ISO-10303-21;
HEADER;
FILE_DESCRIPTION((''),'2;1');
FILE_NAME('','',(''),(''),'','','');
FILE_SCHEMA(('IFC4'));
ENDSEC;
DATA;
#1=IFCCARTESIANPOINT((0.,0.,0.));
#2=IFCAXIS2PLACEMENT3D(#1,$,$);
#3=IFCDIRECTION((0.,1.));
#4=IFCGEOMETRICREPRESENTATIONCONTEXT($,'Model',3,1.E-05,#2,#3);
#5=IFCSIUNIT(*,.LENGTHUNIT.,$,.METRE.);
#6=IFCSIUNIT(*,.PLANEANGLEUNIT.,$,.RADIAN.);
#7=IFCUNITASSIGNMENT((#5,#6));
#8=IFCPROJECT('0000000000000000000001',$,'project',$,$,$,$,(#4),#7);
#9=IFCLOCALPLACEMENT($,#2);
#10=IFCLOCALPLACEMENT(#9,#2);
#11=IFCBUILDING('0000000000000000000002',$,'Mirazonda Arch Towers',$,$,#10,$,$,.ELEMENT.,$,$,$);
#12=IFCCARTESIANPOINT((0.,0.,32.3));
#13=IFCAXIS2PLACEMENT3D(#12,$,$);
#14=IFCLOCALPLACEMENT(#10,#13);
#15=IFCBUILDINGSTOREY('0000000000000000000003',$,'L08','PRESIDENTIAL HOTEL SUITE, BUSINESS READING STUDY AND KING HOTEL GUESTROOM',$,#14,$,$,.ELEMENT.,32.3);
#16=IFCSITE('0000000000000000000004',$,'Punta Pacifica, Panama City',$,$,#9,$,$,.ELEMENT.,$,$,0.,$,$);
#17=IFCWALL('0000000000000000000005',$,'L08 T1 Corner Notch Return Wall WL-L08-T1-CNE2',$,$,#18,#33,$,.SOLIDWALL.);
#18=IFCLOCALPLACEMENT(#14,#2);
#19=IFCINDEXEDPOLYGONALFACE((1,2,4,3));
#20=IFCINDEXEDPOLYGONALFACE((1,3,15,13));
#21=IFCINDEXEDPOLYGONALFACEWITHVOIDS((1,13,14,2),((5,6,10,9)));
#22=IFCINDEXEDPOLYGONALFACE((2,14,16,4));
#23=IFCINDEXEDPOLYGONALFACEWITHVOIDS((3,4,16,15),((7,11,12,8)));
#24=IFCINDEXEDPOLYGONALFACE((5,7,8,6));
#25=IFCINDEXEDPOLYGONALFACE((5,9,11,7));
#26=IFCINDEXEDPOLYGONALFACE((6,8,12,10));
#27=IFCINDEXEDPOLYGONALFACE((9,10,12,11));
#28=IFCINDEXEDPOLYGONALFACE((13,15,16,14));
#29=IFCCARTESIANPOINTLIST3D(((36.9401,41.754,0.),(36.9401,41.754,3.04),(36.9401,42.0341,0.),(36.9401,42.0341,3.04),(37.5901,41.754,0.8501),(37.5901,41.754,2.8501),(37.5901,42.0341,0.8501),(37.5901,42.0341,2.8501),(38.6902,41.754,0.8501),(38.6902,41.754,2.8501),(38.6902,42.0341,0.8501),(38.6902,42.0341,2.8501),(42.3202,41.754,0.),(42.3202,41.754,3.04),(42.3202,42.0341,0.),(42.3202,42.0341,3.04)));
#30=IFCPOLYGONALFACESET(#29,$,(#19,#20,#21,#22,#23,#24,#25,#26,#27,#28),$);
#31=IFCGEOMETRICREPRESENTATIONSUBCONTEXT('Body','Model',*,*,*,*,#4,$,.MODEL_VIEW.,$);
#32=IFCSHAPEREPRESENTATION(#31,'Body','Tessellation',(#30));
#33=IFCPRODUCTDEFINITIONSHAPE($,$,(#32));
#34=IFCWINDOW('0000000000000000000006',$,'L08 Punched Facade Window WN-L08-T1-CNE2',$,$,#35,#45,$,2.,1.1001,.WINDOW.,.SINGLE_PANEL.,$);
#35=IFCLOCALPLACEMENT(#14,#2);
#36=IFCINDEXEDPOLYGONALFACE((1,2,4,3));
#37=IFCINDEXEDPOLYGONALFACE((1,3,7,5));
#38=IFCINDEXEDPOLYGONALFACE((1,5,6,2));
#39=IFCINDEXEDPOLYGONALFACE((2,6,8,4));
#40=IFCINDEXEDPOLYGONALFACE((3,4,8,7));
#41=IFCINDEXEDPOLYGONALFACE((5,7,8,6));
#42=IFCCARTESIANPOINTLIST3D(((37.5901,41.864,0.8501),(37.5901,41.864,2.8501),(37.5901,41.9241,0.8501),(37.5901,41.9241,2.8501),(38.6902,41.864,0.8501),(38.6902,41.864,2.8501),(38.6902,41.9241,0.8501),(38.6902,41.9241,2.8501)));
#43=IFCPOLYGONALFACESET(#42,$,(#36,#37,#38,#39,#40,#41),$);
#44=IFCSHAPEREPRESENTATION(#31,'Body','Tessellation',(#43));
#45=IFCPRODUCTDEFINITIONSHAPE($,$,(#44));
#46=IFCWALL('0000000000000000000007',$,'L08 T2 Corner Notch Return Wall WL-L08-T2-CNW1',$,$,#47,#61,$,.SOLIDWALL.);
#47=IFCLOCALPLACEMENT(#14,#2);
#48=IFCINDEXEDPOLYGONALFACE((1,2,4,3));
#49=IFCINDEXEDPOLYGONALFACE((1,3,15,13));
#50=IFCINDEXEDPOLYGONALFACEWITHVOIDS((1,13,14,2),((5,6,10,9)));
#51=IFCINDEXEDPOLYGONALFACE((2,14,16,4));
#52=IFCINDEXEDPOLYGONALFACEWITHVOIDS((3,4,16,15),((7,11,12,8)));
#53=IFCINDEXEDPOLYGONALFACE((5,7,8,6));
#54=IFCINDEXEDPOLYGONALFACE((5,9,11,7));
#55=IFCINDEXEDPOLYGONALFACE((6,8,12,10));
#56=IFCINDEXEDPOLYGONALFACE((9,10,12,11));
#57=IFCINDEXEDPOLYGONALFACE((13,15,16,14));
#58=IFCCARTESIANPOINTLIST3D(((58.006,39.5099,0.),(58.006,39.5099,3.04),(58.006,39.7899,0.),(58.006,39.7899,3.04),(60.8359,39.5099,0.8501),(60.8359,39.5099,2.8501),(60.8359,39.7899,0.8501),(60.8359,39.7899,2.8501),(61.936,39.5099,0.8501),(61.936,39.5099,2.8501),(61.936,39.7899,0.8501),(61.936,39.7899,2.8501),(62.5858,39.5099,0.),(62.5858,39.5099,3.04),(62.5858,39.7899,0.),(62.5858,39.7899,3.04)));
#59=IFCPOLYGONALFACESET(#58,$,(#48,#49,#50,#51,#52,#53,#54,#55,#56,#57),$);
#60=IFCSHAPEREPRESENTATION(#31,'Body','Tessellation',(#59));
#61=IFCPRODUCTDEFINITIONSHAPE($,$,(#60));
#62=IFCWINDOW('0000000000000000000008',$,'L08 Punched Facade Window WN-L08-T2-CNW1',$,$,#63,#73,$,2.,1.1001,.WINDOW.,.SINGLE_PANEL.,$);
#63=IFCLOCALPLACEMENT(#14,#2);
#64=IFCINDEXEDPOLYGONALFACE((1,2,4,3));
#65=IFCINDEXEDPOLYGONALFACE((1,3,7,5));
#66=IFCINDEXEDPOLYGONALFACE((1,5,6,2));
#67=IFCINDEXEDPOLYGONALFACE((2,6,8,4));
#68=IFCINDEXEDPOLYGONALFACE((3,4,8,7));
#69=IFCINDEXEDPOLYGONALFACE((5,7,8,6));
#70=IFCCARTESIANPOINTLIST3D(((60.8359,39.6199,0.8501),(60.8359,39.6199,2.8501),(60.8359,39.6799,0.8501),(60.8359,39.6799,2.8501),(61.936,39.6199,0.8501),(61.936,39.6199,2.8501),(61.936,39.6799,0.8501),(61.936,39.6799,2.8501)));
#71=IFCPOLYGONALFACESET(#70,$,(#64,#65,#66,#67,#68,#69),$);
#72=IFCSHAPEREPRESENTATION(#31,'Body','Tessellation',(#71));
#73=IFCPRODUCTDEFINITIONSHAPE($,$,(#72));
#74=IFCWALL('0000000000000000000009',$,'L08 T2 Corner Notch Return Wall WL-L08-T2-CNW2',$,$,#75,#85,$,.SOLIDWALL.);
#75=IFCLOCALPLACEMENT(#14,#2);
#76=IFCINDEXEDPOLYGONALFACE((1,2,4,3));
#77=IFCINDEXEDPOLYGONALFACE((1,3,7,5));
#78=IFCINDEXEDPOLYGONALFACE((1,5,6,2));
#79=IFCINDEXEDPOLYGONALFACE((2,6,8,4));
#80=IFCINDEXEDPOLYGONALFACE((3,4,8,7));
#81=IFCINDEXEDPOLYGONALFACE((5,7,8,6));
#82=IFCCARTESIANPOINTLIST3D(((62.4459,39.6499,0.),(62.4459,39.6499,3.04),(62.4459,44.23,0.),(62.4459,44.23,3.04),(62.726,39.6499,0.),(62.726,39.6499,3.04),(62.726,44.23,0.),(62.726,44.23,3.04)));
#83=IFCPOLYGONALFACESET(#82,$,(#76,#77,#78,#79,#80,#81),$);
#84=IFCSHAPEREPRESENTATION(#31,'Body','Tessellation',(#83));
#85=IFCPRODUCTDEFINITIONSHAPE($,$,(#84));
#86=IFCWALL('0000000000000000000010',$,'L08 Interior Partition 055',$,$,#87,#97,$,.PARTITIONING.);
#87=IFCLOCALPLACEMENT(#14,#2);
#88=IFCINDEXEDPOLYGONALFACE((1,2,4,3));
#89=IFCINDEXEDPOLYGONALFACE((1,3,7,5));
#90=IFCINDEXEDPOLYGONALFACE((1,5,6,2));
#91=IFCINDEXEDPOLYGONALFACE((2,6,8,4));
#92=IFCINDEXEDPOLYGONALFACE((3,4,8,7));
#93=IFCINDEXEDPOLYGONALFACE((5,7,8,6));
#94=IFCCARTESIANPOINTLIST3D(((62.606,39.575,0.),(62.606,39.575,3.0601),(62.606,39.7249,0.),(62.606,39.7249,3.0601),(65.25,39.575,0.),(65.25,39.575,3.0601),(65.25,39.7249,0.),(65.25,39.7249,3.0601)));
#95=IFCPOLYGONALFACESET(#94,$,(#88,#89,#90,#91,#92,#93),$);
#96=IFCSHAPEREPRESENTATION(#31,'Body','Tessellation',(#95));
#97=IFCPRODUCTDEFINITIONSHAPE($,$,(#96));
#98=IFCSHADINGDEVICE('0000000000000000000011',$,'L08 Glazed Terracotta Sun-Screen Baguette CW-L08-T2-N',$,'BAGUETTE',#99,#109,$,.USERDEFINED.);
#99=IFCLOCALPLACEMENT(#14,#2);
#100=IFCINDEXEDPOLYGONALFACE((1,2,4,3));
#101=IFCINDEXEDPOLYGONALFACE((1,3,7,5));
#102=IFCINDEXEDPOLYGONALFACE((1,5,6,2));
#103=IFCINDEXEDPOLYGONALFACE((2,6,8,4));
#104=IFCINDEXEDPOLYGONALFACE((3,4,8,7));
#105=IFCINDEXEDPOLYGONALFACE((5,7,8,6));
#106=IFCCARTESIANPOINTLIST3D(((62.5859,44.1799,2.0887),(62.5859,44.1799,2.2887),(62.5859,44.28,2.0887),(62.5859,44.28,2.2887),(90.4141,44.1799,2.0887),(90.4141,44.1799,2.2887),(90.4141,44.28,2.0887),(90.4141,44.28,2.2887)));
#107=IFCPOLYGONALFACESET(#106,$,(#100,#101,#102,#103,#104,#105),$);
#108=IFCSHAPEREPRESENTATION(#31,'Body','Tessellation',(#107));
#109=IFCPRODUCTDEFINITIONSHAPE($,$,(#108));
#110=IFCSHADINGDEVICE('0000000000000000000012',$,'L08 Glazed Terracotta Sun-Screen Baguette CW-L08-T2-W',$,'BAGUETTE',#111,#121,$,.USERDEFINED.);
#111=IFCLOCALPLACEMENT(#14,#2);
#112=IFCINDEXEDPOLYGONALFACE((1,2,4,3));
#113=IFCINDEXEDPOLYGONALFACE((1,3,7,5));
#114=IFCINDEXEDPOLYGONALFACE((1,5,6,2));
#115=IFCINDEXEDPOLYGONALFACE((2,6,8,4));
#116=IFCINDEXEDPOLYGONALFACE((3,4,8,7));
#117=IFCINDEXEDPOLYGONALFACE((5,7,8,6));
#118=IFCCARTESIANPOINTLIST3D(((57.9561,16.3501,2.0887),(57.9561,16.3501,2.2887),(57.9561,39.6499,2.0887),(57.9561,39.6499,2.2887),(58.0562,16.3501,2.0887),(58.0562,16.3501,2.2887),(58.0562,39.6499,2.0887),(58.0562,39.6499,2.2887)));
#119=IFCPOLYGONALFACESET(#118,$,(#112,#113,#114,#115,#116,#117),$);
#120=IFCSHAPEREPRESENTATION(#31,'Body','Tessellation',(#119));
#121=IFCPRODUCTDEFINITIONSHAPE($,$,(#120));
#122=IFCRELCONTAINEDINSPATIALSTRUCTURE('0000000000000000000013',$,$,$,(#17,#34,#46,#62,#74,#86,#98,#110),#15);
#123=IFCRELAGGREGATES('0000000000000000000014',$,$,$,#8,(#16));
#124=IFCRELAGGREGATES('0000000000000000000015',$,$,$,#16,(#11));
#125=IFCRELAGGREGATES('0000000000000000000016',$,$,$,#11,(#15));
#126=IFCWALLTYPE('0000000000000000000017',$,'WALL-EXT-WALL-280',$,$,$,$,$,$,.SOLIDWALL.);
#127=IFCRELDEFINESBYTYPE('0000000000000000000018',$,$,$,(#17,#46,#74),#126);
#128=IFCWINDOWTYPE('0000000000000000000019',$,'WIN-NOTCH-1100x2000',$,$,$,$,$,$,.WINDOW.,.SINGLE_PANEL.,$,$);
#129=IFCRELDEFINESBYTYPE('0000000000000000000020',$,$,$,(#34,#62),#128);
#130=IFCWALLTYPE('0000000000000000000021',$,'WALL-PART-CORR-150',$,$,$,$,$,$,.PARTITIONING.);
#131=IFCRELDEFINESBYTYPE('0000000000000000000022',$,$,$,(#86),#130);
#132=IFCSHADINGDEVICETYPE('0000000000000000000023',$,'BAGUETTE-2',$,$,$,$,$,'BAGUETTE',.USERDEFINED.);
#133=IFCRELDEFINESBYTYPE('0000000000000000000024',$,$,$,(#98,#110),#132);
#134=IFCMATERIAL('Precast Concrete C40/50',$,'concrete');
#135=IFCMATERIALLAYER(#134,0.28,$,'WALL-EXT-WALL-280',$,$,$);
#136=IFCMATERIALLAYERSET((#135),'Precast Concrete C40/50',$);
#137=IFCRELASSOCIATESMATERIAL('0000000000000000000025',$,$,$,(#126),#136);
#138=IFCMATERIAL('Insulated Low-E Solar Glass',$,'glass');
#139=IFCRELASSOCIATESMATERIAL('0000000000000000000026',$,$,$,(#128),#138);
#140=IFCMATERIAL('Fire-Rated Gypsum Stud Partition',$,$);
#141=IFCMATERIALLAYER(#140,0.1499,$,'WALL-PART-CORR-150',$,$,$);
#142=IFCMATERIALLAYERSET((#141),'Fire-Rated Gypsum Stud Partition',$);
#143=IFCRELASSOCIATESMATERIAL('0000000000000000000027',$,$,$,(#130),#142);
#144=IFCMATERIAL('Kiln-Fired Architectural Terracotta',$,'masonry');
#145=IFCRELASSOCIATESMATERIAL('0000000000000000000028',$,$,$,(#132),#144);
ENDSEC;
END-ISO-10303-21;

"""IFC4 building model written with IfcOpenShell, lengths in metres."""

from ifc_helpers import new_model, si_unit, direction, frame, frame_2d, origin, origin_2d, place, context, subcontext, project, spatial, rectangle, extrude, material, layer, layer_set, material_profile, profile_set, type_object, element, fill, save


model = new_model("IFC4")

# Units and contexts
model_context = context("Model", 3, precision=1e-05, world=origin(), true_north=direction((0.0, 1.0)))
body_context = subcontext(model_context, "Body", "Model", "MODEL_VIEW")
ifc_project = project(units=[si_unit("LENGTHUNIT", "METRE"), si_unit("PLANEANGLEUNIT", "RADIAN")], contexts=[model_context])

# Site, building, storey
site_placement = place(None, origin())
site = spatial("IfcSite", under=ifc_project, at=site_placement, Name="Punta Pacifica, Panama City", CompositionType="ELEMENT", RefElevation=0.0)
building_placement = place(site_placement, origin())
building = spatial("IfcBuilding", under=site, at=building_placement, Name="Mirazonda Arch Towers", CompositionType="ELEMENT")
storey_placement = place(building_placement, frame((0.0, 0.0, 32.3)))
storey = spatial("IfcBuildingStorey", under=building, at=storey_placement, Name="L08", Description="PRESIDENTIAL HOTEL SUITE, BUSINESS READING STUDY AND KING HOTEL GUESTROOM", CompositionType="ELEMENT", Elevation=32.3)

# Shared definitions
ifc_material_1 = material(Name="Insulated Low-E Solar Glass", Category="glass")

# Walls, openings, windows
ifc_material_2 = material(Name="Precast Concrete C40/50", Category="concrete")
ifc_layer_1 = layer(ifc_material_2, 0.28, Name="WALL-EXT-WALL-280")
ifc_layer_set_1 = layer_set([ifc_layer_1], Name="Precast Concrete C40/50")
wall_type_1 = type_object("IfcWallType", Name="WALL-EXT-WALL-280", PredefinedType="SOLIDWALL", material=ifc_layer_set_1)
wall_1_placement = place(storey_placement, frame((42.3201, 41.894, 0.0), z_axis=(0.0, 0.0, 1.0), x_axis=(-1.0, 0.0, 0.0)))
wall_1 = element("IfcWall", 1, at=wall_1_placement, inside=storey, type_object=wall_type_1, Name="L08 T1 Corner Notch Return Wall WL-L08-T1-CNE2", PredefinedType="SOLIDWALL", context=body_context, shape_type="SweptSolid", body=[
    extrude(rectangle(XDim=5.3801, YDim=0.28, at=frame_2d((2.6899, 0.0))), origin(), (0.0, 0.0, 1.0), 3.04),
])
opening_1_placement = place(wall_1_placement, frame((3.6299, 0.0, 0.8501)))
opening_1 = element("IfcOpeningElement", 2, at=opening_1_placement, cuts=wall_1, PredefinedType="OPENING", context=body_context, shape_type="SweptSolid", body=[
    extrude(rectangle(XDim=1.1001, YDim=2.0, at=frame_2d((0.55, 1.0))), frame((0.0, 0.1499, 0.0), z_axis=(0.0, -1.0, 0.0), x_axis=(1.0, 0.0, 0.0)), (0.0, 0.0, 1.0), 0.3),
])
window_type = type_object("IfcWindowType", Name="WIN-NOTCH-1100x2000", PartitioningType="SINGLE_PANEL", PredefinedType="WINDOW", material=ifc_material_1)
window_1_placement = place(opening_1_placement, origin())
window_1 = element("IfcWindow", 3, at=window_1_placement, inside=storey, type_object=window_type, Name="L08 Punched Facade Window WN-L08-T1-CNE2", OverallHeight=2.0, OverallWidth=1.1001, PartitioningType="SINGLE_PANEL", PredefinedType="WINDOW", context=body_context, shape_type="SweptSolid", body=[
    extrude(rectangle(XDim=1.1001, YDim=2.0, at=frame_2d((0.55, 1.0))), frame((0.0, 0.03, 0.0), z_axis=(0.0, -1.0, 0.0), x_axis=(1.0, 0.0, 0.0)), (0.0, 0.0, 1.0), 0.0601),
])
fill(opening_1, window_1)
wall_2_placement = place(storey_placement, frame((62.5859, 39.6499, 0.0), z_axis=(0.0, 0.0, 1.0), x_axis=(-1.0, 0.0, 0.0)))
wall_2 = element("IfcWall", 4, at=wall_2_placement, inside=storey, type_object=wall_type_1, Name="L08 T2 Corner Notch Return Wall WL-L08-T2-CNW1", PredefinedType="SOLIDWALL", context=body_context, shape_type="SweptSolid", body=[
    extrude(rectangle(XDim=4.5798, YDim=0.28, at=frame_2d((2.29, 0.0))), origin(), (0.0, 0.0, 1.0), 3.04),
])
opening_2_placement = place(wall_2_placement, frame((0.6499, 0.0, 0.8501)))
opening_2 = element("IfcOpeningElement", 5, at=opening_2_placement, cuts=wall_2, PredefinedType="OPENING", context=body_context, shape_type="SweptSolid", body=[
    extrude(rectangle(XDim=1.1001, YDim=2.0, at=frame_2d((0.55, 1.0))), frame((0.0, 0.1499, 0.0), z_axis=(0.0, -1.0, 0.0), x_axis=(1.0, 0.0, 0.0)), (0.0, 0.0, 1.0), 0.3),
])
window_2_placement = place(opening_2_placement, origin())
window_2 = element("IfcWindow", 6, at=window_2_placement, inside=storey, type_object=window_type, Name="L08 Punched Facade Window WN-L08-T2-CNW1", OverallHeight=2.0, OverallWidth=1.1001, PartitioningType="SINGLE_PANEL", PredefinedType="WINDOW", context=body_context, shape_type="SweptSolid", body=[
    extrude(rectangle(XDim=1.1001, YDim=2.0, at=frame_2d((0.55, 1.0))), frame((0.0, 0.03, 0.0), z_axis=(0.0, -1.0, 0.0), x_axis=(1.0, 0.0, 0.0)), (0.0, 0.0, 1.0), 0.0601),
])
fill(opening_2, window_2)

# Wall
wall_3_placement = place(storey_placement, frame((62.5859, 44.23, 0.0), z_axis=(0.0, 0.0, 1.0), x_axis=(0.0, -1.0, 0.0)))
element("IfcWall", 7, at=wall_3_placement, inside=storey, type_object=wall_type_1, Name="L08 T2 Corner Notch Return Wall WL-L08-T2-CNW2", PredefinedType="SOLIDWALL", context=body_context, shape_type="SweptSolid", body=[
    extrude(rectangle(XDim=4.5801, YDim=0.28, at=frame_2d((2.29, 0.0))), origin(), (0.0, 0.0, 1.0), 3.04),
])

# Shared definitions
ifc_material_3 = material(Name="Fire-Rated Gypsum Stud Partition")
ifc_layer_2 = layer(ifc_material_3, 0.1499, Name="WALL-PART-CORR-150")
ifc_layer_set_2 = layer_set([ifc_layer_2], Name="Fire-Rated Gypsum Stud Partition")
wall_type_2 = type_object("IfcWallType", Name="WALL-PART-CORR-150", PredefinedType="PARTITIONING", material=ifc_layer_set_2)

# Wall
wall_4_placement = place(storey_placement, frame((62.606, 39.6499, 0.0), z_axis=(0.0, 0.0, 1.0), x_axis=(1.0, 0.0, 0.0)))
element("IfcWall", 8, at=wall_4_placement, inside=storey, type_object=wall_type_2, Name="L08 Interior Partition 055", PredefinedType="PARTITIONING", context=body_context, shape_type="SweptSolid", body=[
    extrude(rectangle(XDim=2.644, YDim=0.1499, at=frame_2d((1.322, 0.0))), origin(), (0.0, 0.0, 1.0), 3.0601),
])

# Shading devices
ifc_material_4 = material(Name="Kiln-Fired Architectural Terracotta", Category="masonry")
ifc_material_profile_1 = material_profile(ifc_material_4, rectangle(XDim=0.1001, YDim=0.2, at=origin_2d()), Name="TERRA-BAG-100x200")
ifc_profile_set_1 = profile_set([ifc_material_profile_1], Name="Kiln-Fired Architectural Terracotta")
shading_device_type = type_object("IfcShadingDeviceType", Name="BAGUETTE-2", ElementType="BAGUETTE", PredefinedType="USERDEFINED", material=ifc_profile_set_1)
shading_device_1_placement = place(storey_placement, frame((62.5859, 44.23, 2.1887), z_axis=(1.0, 0.0, 0.0), x_axis=(0.0, 1.0, 0.0)))
element("IfcShadingDevice", 9, at=shading_device_1_placement, inside=storey, type_object=shading_device_type, Name="L08 Glazed Terracotta Sun-Screen Baguette CW-L08-T2-N", ObjectType="BAGUETTE", PredefinedType="USERDEFINED", context=body_context, shape_type="SweptSolid", body=[
    extrude(rectangle(XDim=0.1001, YDim=0.2, at=origin_2d()), origin(), (0.0, 0.0, 1.0), 27.8281),
])
shading_device_2_placement = place(storey_placement, frame((58.0061, 39.6499, 2.1887), z_axis=(0.0, -1.0, 0.0), x_axis=(1.0, 0.0, 0.0)))
element("IfcShadingDevice", 10, at=shading_device_2_placement, inside=storey, type_object=shading_device_type, Name="L08 Glazed Terracotta Sun-Screen Baguette CW-L08-T2-W", ObjectType="BAGUETTE", PredefinedType="USERDEFINED", context=body_context, shape_type="SweptSolid", body=[
    extrude(rectangle(XDim=0.1001, YDim=0.2, at=origin_2d()), origin(), (0.0, 0.0, 1.0), 23.2998),
])

save(model, "model.ifc")
